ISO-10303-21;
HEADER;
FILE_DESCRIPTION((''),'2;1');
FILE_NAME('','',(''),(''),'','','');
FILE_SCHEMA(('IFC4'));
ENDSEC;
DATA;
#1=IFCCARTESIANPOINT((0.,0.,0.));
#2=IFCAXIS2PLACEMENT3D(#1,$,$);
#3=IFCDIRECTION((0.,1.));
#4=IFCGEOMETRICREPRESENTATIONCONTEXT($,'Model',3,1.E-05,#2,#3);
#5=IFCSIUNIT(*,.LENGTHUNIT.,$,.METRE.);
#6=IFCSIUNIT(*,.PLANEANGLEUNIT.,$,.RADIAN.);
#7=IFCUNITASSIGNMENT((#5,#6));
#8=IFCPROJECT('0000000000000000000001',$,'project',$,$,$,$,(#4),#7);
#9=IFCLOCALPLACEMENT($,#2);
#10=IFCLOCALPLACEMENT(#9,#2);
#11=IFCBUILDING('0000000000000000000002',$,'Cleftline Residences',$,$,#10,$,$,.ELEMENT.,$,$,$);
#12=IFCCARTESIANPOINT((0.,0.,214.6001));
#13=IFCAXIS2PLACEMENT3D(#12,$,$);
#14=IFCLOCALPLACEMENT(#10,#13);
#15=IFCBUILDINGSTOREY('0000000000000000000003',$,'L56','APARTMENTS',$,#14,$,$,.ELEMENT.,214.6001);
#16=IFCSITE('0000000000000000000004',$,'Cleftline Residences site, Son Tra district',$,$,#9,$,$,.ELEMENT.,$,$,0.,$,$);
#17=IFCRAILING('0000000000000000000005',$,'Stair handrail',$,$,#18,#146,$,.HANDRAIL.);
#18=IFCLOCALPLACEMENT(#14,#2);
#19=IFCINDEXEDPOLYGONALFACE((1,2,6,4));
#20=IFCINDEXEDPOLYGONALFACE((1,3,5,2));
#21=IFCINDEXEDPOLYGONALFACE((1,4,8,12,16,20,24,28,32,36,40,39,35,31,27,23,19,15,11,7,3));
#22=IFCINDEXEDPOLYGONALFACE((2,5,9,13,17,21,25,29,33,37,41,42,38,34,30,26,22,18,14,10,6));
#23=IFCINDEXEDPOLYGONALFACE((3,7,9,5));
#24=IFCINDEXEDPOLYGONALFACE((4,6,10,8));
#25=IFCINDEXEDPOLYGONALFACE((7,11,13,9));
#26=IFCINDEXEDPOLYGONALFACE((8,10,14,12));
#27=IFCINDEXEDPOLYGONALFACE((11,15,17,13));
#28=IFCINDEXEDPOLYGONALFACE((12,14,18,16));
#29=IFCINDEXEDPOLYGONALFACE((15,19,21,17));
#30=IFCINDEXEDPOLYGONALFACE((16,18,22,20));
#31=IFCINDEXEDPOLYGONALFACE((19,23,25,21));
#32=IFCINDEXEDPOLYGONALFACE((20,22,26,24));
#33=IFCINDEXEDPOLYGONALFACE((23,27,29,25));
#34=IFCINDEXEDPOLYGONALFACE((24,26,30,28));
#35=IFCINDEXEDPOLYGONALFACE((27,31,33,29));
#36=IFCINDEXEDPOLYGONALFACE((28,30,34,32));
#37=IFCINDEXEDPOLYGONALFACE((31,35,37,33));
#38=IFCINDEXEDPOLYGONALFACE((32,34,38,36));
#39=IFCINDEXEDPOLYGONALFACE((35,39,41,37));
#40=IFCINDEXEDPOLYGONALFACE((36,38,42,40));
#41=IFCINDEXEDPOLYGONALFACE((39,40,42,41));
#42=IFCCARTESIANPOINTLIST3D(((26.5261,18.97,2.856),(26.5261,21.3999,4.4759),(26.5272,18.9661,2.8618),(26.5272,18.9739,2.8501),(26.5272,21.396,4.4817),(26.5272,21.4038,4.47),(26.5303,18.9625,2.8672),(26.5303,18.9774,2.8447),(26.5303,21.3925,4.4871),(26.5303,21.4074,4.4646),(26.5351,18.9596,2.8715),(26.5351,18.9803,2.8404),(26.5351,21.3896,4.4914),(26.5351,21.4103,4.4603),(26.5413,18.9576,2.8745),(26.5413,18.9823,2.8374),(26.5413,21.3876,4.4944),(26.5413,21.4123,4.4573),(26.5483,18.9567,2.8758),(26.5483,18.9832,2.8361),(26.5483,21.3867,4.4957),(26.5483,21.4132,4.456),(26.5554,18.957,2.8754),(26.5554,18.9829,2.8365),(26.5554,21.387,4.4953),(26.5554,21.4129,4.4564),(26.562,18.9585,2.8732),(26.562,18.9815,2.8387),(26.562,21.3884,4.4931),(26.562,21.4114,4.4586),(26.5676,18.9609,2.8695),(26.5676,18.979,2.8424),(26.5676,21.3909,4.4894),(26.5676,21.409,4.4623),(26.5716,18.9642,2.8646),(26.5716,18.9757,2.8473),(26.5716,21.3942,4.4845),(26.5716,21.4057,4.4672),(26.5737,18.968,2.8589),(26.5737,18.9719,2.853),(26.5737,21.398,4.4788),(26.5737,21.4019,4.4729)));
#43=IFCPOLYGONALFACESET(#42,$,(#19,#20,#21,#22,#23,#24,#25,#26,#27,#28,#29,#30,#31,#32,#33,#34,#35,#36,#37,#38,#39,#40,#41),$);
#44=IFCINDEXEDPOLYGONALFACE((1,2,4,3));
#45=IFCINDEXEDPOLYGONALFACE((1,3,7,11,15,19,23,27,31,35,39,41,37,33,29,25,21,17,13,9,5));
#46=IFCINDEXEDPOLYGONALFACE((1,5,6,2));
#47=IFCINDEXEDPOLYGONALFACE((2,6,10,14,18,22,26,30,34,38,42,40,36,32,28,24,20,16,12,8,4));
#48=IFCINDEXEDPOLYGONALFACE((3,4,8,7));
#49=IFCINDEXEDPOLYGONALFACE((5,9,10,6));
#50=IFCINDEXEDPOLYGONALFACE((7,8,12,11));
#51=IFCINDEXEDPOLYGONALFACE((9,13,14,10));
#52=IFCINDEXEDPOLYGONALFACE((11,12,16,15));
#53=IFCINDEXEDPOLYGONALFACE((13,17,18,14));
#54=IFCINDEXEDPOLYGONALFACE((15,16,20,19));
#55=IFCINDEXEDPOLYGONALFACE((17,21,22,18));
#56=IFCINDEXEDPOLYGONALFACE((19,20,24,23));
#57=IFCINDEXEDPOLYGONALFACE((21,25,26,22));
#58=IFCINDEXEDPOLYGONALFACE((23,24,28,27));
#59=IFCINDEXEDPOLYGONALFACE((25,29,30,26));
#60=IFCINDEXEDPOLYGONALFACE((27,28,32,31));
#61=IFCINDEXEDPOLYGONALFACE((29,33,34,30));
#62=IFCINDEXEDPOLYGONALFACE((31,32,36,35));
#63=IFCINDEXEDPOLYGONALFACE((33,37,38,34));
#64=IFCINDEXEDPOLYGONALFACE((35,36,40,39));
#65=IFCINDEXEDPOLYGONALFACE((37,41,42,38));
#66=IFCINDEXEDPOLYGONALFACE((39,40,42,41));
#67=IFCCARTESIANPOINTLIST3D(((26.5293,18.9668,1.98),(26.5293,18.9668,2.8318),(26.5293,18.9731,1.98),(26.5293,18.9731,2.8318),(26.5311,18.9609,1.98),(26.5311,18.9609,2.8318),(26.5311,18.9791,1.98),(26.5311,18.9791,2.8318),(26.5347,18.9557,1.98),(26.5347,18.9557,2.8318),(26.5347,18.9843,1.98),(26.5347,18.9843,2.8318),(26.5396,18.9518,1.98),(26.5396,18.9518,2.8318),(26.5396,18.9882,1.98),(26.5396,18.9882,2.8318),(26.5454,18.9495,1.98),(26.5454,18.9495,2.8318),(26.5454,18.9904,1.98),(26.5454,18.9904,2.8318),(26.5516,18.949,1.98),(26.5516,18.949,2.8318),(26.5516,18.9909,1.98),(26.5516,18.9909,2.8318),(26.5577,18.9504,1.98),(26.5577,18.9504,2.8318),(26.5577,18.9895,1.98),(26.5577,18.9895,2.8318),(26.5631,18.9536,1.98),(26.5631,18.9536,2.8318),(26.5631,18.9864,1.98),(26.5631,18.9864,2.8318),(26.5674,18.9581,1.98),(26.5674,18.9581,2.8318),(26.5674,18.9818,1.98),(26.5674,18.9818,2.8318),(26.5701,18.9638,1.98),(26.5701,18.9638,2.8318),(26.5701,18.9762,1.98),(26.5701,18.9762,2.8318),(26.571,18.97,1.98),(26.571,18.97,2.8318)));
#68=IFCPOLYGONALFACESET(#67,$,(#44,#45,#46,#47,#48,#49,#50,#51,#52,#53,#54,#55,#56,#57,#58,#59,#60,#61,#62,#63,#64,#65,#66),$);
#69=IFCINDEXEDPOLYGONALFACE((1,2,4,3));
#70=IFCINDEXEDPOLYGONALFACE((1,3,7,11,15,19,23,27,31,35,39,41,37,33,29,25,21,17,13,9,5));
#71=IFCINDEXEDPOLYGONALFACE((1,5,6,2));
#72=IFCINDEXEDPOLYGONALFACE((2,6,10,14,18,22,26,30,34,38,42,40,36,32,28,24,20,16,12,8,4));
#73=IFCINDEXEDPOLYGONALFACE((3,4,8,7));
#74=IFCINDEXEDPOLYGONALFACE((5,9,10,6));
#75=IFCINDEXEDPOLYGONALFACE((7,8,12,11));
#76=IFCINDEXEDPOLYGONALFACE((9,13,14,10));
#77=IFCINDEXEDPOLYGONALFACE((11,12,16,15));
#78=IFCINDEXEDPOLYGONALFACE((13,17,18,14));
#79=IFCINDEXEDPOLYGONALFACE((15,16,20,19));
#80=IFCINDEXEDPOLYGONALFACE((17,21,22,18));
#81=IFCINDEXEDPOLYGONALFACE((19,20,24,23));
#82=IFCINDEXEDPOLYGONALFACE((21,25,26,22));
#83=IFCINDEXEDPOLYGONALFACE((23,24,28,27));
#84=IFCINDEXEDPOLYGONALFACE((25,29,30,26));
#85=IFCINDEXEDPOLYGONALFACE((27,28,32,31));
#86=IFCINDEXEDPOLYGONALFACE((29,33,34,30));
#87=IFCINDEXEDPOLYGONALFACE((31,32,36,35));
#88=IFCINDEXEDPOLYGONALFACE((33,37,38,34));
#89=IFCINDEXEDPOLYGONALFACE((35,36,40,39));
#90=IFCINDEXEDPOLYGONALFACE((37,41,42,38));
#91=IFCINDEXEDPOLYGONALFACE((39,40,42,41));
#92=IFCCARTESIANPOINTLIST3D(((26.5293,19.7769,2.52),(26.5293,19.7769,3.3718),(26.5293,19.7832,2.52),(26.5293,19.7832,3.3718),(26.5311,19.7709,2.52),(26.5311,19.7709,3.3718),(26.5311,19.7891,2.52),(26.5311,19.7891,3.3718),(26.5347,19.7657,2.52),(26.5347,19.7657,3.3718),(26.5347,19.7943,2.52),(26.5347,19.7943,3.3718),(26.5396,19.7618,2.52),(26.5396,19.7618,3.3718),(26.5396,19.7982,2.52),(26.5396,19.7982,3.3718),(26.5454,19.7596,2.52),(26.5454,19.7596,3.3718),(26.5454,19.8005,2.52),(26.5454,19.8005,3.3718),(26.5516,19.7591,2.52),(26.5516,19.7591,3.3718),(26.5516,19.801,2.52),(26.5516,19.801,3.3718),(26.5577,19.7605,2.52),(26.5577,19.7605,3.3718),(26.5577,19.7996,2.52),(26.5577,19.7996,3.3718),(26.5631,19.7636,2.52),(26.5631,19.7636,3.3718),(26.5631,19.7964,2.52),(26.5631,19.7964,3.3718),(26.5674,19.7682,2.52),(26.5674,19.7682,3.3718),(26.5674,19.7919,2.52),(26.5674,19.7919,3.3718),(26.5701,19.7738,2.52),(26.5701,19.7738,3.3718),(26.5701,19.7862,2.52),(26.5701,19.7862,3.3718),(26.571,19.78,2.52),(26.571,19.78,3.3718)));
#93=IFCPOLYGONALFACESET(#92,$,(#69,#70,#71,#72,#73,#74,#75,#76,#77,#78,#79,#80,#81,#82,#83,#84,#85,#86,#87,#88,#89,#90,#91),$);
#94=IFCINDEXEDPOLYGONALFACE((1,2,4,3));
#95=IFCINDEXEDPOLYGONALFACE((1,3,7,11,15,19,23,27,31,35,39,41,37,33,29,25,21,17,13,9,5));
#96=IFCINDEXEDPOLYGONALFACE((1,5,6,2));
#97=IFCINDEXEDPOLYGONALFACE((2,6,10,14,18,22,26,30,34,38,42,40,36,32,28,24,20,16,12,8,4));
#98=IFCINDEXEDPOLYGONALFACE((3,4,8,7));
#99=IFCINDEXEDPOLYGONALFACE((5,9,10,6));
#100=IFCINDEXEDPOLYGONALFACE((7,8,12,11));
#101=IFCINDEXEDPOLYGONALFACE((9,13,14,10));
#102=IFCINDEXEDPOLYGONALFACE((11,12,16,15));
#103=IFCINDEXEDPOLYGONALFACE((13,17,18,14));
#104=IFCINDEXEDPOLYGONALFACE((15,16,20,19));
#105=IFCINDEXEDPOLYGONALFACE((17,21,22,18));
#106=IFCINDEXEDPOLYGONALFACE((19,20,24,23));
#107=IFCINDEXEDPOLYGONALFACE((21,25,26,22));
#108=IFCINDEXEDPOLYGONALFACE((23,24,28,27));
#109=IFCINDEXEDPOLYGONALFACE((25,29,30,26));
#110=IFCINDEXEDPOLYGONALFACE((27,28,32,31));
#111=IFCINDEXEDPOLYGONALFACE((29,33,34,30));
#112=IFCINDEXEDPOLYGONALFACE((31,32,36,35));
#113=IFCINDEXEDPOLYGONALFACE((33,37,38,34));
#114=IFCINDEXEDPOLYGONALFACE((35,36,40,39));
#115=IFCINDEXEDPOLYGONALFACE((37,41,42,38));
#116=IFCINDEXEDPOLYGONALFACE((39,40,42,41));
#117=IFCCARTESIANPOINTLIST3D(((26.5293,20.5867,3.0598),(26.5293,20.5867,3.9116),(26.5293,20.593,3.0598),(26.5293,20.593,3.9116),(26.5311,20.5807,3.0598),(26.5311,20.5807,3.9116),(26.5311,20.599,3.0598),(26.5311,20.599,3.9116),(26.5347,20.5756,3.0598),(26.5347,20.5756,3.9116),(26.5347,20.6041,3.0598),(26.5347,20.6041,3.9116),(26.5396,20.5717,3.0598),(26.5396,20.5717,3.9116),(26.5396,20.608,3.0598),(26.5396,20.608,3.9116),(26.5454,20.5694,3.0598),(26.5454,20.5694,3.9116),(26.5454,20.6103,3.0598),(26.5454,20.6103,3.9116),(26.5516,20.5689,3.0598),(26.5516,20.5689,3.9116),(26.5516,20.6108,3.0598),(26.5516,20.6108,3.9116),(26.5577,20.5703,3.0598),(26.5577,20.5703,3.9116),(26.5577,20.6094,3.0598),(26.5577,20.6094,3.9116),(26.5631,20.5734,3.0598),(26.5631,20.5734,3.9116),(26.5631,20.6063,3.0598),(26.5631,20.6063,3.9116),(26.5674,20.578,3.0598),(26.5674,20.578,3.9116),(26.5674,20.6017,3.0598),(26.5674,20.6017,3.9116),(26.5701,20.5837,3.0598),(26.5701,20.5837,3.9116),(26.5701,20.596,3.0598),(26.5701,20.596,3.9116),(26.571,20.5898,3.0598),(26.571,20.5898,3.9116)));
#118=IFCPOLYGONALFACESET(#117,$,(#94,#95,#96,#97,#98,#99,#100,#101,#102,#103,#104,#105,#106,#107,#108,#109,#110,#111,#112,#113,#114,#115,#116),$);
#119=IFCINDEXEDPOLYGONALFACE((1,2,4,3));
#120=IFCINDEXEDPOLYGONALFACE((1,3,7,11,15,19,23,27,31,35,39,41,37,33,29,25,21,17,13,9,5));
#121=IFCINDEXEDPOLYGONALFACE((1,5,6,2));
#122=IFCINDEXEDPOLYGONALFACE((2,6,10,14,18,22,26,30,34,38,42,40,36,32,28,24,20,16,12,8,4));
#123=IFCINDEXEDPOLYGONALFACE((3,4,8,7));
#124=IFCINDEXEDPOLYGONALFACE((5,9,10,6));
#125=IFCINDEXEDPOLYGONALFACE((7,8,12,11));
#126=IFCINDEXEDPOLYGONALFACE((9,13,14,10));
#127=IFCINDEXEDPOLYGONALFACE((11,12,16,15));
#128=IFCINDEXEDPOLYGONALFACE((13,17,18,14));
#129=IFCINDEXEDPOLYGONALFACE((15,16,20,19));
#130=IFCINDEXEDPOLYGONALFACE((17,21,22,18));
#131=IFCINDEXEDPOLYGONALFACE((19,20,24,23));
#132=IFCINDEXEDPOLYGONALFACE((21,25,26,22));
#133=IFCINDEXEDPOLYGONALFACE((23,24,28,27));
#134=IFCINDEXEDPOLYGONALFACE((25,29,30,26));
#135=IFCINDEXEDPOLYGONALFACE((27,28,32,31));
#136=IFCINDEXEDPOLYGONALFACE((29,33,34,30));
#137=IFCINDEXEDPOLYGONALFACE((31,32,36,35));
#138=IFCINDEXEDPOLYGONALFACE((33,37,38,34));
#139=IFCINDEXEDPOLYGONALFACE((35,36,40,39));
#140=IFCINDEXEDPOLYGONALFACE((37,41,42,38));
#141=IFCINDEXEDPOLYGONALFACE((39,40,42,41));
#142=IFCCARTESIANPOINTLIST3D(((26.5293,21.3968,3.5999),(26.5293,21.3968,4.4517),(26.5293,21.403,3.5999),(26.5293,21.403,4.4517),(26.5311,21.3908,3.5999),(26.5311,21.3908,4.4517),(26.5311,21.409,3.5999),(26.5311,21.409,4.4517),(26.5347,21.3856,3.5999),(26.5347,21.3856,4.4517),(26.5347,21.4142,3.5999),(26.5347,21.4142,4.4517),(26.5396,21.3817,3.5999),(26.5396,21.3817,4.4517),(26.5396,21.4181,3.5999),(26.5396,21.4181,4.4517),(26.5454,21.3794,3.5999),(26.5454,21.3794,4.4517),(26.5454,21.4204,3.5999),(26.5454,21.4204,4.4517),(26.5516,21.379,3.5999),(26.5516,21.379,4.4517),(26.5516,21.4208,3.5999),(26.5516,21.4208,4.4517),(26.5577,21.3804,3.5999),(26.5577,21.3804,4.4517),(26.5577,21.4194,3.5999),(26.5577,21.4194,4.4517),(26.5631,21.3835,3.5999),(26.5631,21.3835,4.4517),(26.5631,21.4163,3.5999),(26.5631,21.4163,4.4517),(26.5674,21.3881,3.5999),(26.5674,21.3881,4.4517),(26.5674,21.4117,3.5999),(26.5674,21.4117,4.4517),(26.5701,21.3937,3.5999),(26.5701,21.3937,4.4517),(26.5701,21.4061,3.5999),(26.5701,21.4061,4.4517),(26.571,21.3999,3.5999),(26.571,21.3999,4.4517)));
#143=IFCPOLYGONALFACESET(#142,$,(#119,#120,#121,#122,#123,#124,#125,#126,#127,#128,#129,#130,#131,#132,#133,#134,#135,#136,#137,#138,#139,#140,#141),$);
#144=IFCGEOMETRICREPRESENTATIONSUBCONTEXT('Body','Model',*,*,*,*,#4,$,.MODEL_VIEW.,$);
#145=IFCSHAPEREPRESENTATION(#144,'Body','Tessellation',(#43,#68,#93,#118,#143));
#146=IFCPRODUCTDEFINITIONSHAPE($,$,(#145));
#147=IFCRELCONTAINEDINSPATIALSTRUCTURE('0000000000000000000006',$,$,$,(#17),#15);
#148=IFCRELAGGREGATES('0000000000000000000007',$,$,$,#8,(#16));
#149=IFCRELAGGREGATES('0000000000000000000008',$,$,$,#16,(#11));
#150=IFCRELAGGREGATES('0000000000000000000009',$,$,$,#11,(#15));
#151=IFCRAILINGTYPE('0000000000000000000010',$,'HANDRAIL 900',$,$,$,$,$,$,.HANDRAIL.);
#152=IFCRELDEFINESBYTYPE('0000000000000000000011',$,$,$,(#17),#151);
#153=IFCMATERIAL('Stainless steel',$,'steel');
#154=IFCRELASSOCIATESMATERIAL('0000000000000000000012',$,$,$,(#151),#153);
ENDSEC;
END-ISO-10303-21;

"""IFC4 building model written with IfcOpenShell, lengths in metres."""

from ifc_helpers import new_model, si_unit, direction, frame, origin, origin_2d, place, context, subcontext, project, spatial, circle, extrude, material, type_object, element, save


model = new_model("IFC4")

# Units and contexts
model_context = context("Model", 3, precision=1e-05, world=origin(), true_north=direction((0.0, 1.0)))
body_context = subcontext(model_context, "Body", "Model", "MODEL_VIEW")
ifc_project = project(units=[si_unit("LENGTHUNIT", "METRE"), si_unit("PLANEANGLEUNIT", "RADIAN")], contexts=[model_context])

# Site, building, storey
site_placement = place(None, origin())
site = spatial("IfcSite", under=ifc_project, at=site_placement, Name="Cleftline Residences site, Son Tra district", CompositionType="ELEMENT", RefElevation=0.0)
building_placement = place(site_placement, origin())
building = spatial("IfcBuilding", under=site, at=building_placement, Name="Cleftline Residences", CompositionType="ELEMENT")
storey_placement = place(building_placement, frame((0.0, 0.0, 214.6001)))
storey = spatial("IfcBuildingStorey", under=building, at=storey_placement, Name="L56", Description="APARTMENTS", CompositionType="ELEMENT", Elevation=214.6001)

# Railing
ifc_material_1 = material(Name="Stainless steel", Category="steel")
railing_type = type_object("IfcRailingType", Name="HANDRAIL 900", PredefinedType="HANDRAIL", material=ifc_material_1)
railing_1_placement = place(storey_placement, frame((26.55, 18.97, 1.98)))
element("IfcRailing", 1, at=railing_1_placement, inside=storey, type_object=railing_type, Name="Stair handrail", PredefinedType="HANDRAIL", context=body_context, shape_type="SweptSolid", body=[
    extrude(circle(Radius=0.0239, at=origin_2d()), frame((0.0, 0.0, 0.876), z_axis=(0.0, 0.832063, 0.554681), x_axis=(-1.0, 0.0, 0.0)), (0.0, 0.0, 1.0), 2.9204),
    extrude(circle(Radius=0.021, at=origin_2d()), origin(), (0.0, 0.0, 1.0), 0.8518),
    extrude(circle(Radius=0.021, at=origin_2d()), frame((0.0, 0.8101, 0.54)), (0.0, 0.0, 1.0), 0.8518),
    extrude(circle(Radius=0.021, at=origin_2d()), frame((0.0, 1.6199, 1.0798)), (0.0, 0.0, 1.0), 0.8518),
    extrude(circle(Radius=0.021, at=origin_2d()), frame((0.0, 2.4299, 1.6199)), (0.0, 0.0, 1.0), 0.8518),
])

save(model, "model.ifc")
